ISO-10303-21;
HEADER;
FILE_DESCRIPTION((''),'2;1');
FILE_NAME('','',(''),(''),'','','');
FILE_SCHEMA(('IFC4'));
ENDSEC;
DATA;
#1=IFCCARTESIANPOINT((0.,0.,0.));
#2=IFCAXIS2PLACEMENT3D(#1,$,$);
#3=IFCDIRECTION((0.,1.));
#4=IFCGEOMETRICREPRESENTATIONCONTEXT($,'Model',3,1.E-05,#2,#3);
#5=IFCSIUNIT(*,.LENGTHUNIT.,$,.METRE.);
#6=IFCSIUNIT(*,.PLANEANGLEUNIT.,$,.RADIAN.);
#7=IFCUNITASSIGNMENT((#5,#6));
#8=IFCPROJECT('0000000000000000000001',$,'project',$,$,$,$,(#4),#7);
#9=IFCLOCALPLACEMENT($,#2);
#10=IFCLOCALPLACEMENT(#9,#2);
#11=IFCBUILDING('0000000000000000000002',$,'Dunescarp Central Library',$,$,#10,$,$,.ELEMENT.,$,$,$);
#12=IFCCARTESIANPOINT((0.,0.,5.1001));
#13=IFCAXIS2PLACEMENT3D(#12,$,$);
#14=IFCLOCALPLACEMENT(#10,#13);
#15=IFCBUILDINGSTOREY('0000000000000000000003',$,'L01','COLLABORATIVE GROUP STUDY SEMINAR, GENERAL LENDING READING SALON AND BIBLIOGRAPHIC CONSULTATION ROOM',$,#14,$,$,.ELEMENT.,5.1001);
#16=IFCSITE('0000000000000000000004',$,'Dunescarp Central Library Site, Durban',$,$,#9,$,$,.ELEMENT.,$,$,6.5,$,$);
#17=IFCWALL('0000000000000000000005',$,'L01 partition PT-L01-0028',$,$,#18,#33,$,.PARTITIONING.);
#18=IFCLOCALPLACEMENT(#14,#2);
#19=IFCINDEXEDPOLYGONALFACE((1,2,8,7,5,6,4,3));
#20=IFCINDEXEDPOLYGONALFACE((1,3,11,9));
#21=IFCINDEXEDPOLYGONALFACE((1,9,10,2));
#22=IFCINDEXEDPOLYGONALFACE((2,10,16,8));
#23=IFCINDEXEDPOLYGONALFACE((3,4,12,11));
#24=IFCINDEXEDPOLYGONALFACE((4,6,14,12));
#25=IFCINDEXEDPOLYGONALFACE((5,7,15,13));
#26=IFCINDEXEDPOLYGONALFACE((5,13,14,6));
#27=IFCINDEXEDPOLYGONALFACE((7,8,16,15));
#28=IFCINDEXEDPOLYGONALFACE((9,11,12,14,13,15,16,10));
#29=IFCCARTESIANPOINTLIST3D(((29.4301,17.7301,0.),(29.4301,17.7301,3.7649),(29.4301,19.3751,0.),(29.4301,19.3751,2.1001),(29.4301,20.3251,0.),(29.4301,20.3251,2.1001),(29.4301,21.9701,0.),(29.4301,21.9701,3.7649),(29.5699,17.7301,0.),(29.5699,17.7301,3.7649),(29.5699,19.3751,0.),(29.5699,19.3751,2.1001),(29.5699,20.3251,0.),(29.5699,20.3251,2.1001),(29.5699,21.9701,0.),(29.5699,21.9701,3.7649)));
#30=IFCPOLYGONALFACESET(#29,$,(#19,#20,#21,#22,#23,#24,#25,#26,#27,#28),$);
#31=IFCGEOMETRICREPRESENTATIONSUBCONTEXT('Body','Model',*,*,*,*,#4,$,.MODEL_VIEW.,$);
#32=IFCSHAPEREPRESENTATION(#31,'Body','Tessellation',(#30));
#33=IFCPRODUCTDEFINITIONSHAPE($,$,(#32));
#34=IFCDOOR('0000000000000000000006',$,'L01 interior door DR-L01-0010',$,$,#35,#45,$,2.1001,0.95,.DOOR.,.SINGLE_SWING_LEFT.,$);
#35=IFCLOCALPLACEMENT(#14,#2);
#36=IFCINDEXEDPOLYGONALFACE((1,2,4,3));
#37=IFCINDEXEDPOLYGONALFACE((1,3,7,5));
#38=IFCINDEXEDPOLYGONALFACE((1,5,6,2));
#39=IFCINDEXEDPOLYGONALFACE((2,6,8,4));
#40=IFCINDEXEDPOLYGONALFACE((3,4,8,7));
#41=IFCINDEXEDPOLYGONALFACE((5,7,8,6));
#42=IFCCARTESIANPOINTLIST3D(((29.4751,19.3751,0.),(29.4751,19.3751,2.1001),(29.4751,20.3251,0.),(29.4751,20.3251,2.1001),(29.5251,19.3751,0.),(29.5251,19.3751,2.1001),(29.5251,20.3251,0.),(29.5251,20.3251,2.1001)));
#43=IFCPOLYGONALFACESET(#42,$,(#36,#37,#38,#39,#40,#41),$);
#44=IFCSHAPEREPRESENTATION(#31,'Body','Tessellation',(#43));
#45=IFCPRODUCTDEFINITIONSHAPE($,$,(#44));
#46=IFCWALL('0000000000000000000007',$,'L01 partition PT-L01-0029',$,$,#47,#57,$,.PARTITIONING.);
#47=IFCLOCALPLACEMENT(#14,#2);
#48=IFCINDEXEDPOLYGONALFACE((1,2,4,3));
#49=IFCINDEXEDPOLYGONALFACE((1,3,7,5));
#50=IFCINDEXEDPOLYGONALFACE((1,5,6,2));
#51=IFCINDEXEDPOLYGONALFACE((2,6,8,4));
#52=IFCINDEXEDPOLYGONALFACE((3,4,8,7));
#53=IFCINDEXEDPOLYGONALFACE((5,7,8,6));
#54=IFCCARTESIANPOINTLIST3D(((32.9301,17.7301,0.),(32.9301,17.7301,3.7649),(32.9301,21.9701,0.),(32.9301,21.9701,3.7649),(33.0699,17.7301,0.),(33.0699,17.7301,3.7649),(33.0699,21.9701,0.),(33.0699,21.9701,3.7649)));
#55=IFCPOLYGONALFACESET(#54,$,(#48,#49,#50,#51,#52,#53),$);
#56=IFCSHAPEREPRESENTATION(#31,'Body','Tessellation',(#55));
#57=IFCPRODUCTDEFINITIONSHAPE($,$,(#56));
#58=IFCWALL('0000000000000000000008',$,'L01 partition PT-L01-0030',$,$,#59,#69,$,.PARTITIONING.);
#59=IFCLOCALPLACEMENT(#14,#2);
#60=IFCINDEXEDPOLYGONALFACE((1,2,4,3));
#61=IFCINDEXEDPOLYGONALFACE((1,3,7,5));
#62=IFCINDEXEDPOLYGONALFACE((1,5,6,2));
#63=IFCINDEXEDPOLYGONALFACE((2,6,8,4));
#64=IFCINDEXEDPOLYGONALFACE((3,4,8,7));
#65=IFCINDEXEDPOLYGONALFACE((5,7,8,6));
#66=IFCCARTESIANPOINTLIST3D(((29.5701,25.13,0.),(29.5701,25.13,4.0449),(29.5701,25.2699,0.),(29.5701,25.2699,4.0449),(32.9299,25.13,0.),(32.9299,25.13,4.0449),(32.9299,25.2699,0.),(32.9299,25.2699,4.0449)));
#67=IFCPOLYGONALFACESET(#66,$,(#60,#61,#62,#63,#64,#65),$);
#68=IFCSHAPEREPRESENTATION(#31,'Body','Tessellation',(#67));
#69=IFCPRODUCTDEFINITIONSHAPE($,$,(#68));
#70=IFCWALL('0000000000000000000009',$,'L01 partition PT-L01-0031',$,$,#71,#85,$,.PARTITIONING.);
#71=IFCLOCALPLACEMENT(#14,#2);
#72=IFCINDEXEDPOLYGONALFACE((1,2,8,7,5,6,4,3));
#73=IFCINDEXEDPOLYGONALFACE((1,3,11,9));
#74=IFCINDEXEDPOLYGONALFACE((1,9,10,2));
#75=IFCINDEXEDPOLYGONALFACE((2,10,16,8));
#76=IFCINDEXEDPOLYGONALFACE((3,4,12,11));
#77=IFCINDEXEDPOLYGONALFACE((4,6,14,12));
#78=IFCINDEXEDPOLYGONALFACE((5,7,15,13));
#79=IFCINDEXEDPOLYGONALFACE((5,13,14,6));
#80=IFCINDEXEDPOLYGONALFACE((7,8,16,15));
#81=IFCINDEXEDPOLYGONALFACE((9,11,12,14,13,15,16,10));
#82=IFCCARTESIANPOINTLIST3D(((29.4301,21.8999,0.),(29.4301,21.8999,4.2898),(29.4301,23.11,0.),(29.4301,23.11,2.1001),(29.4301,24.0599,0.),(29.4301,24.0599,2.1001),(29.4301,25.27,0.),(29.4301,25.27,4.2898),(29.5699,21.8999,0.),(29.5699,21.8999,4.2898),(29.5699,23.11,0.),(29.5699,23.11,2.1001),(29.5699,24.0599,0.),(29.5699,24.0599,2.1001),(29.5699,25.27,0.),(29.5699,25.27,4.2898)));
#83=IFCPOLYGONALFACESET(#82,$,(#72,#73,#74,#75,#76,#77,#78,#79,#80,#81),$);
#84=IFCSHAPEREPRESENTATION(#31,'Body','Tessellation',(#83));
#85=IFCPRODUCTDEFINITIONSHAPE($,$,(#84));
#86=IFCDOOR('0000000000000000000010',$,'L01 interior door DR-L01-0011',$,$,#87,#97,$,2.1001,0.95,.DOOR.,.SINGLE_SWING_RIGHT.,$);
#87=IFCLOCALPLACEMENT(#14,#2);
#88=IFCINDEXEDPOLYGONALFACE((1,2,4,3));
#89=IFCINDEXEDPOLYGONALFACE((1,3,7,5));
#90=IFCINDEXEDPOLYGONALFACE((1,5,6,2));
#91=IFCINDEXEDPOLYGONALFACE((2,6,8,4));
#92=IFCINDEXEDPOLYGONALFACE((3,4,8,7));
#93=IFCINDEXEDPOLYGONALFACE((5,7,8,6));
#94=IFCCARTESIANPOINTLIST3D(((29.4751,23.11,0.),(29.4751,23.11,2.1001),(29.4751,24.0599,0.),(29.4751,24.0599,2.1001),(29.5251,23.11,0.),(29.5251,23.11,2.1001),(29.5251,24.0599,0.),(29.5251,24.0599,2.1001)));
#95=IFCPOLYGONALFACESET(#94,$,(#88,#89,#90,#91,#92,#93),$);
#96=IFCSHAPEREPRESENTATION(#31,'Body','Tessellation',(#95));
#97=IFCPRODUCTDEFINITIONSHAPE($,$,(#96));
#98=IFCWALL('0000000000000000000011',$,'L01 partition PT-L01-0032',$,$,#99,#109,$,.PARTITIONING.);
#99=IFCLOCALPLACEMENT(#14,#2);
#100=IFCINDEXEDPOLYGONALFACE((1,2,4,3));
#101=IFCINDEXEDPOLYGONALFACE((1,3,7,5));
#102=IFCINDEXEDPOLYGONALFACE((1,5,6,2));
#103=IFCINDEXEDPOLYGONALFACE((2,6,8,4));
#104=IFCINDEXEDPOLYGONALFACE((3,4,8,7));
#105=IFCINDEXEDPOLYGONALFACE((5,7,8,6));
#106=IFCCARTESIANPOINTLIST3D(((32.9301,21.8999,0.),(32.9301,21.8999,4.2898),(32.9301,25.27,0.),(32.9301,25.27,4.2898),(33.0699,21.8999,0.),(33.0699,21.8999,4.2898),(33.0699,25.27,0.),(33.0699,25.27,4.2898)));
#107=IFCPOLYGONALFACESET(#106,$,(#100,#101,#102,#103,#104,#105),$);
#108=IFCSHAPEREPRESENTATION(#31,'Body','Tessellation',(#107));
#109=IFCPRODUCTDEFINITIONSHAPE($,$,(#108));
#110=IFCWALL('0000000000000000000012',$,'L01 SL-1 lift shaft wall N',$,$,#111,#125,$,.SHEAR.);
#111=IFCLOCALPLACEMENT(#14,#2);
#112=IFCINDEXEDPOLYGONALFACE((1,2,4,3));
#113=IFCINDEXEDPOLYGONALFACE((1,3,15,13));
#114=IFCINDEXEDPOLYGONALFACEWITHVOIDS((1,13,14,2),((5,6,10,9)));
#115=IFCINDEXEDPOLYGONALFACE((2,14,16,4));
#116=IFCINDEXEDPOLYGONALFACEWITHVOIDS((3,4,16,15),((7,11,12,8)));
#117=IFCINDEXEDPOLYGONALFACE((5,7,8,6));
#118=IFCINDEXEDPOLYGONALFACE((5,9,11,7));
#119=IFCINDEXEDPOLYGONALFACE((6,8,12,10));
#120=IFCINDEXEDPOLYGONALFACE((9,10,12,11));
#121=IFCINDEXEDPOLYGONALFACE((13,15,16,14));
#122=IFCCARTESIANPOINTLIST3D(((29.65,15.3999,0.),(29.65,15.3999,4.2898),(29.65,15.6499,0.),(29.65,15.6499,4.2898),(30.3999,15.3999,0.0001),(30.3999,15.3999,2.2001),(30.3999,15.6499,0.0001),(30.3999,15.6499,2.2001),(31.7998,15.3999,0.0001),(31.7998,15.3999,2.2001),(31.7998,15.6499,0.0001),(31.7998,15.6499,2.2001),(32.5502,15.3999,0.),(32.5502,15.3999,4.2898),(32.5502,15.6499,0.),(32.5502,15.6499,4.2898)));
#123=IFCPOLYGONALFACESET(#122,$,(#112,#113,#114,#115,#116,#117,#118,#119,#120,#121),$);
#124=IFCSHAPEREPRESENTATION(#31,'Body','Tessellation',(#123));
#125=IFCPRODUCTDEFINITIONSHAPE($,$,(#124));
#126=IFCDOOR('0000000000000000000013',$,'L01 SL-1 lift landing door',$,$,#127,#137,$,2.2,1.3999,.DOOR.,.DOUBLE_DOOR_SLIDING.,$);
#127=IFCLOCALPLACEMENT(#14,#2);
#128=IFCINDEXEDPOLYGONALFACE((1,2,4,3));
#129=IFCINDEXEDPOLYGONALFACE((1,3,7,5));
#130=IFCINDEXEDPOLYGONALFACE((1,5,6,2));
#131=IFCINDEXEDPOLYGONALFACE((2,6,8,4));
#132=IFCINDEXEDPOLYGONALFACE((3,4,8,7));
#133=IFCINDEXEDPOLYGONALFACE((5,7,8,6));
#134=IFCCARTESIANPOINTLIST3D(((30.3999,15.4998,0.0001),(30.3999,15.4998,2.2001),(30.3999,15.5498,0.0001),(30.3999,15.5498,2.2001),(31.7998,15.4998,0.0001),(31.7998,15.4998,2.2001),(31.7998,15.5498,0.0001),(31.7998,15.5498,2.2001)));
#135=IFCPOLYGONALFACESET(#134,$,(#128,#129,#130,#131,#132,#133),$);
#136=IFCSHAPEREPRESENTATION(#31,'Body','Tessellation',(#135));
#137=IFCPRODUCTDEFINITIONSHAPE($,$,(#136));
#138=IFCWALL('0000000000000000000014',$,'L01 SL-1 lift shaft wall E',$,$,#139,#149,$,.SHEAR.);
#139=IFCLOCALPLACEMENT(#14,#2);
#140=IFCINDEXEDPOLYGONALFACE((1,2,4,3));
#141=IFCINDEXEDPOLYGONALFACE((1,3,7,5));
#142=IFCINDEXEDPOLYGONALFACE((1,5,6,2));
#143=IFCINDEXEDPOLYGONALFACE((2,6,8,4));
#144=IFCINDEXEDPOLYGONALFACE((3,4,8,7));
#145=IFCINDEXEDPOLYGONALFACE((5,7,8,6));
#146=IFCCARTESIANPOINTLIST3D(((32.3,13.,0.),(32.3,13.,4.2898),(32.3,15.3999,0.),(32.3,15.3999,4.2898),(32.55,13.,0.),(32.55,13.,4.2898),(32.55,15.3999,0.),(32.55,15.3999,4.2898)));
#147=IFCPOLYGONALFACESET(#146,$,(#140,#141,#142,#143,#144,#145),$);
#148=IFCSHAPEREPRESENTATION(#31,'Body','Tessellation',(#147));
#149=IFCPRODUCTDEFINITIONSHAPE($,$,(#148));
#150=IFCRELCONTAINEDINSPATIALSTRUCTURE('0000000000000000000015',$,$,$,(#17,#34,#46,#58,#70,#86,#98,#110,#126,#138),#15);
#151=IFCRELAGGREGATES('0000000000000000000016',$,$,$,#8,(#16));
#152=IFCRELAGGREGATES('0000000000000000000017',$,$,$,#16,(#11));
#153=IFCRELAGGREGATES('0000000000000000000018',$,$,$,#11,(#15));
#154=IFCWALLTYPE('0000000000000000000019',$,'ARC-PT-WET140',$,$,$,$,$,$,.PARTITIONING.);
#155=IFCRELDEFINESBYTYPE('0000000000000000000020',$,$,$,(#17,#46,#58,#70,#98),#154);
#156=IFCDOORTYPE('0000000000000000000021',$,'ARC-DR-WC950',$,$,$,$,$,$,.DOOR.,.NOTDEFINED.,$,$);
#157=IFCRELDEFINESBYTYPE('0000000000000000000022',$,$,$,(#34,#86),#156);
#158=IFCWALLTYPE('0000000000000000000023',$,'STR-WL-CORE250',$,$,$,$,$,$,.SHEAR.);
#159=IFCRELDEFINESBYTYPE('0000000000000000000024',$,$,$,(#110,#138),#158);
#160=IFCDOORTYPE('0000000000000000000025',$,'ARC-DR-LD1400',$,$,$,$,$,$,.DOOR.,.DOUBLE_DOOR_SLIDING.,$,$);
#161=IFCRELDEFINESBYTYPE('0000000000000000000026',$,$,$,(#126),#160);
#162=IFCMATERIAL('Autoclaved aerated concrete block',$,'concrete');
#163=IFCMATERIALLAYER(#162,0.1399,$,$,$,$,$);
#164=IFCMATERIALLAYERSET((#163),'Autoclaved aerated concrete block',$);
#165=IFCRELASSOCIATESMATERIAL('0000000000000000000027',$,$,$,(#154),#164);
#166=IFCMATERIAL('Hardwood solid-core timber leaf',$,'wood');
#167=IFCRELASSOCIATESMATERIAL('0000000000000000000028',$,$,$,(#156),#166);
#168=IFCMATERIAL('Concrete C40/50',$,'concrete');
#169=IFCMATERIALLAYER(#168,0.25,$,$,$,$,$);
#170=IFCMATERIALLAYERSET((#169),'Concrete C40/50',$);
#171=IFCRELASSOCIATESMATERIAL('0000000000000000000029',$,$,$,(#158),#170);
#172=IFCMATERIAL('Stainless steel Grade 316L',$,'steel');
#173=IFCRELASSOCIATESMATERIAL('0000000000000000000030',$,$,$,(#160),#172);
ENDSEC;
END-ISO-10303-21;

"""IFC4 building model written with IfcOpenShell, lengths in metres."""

from ifc_helpers import new_model, si_unit, direction, frame, frame_2d, origin, place, context, subcontext, project, spatial, rectangle, extrude, material, layer, layer_set, type_object, element, fill, save


model = new_model("IFC4")

# Units and contexts
model_context = context("Model", 3, precision=1e-05, world=origin(), true_north=direction((0.0, 1.0)))
body_context = subcontext(model_context, "Body", "Model", "MODEL_VIEW")
ifc_project = project(units=[si_unit("LENGTHUNIT", "METRE"), si_unit("PLANEANGLEUNIT", "RADIAN")], contexts=[model_context])

# Site, building, storey
site_placement = place(None, origin())
site = spatial("IfcSite", under=ifc_project, at=site_placement, Name="Dunescarp Central Library Site, Durban", CompositionType="ELEMENT", RefElevation=6.5)
building_placement = place(site_placement, origin())
building = spatial("IfcBuilding", under=site, at=building_placement, Name="Dunescarp Central Library", CompositionType="ELEMENT")
storey_placement = place(building_placement, frame((0.0, 0.0, 5.1001)))
storey = spatial("IfcBuildingStorey", under=building, at=storey_placement, Name="L01", Description="COLLABORATIVE GROUP STUDY SEMINAR, GENERAL LENDING READING SALON AND BIBLIOGRAPHIC CONSULTATION ROOM", CompositionType="ELEMENT", Elevation=5.1001)

# Shared definitions
ifc_material_1 = material(Name="Hardwood solid-core timber leaf", Category="wood")

# Shared definitions
ifc_material_2 = material(Name="Autoclaved aerated concrete block", Category="concrete")
ifc_layer_1 = layer(ifc_material_2, 0.1399)
ifc_layer_set_1 = layer_set([ifc_layer_1], Name="Autoclaved aerated concrete block")
wall_type_1 = type_object("IfcWallType", Name="ARC-PT-WET140", PredefinedType="PARTITIONING", material=ifc_layer_set_1)

# Wall, opening, door
wall_1_placement = place(storey_placement, frame((29.5, 17.73, 0.0), z_axis=(0.0, 0.0, 1.0), x_axis=(0.0, 1.0, 0.0)))
wall_1 = element("IfcWall", 1, at=wall_1_placement, inside=storey, type_object=wall_type_1, Name="L01 partition PT-L01-0028", PredefinedType="PARTITIONING", context=body_context, shape_type="SweptSolid", body=[
    extrude(rectangle(XDim=4.24, YDim=0.1399, at=frame_2d((2.1201, 0.0))), origin(), (0.0, 0.0, 1.0), 3.7649),
])
opening_1_placement = place(wall_1_placement, frame((1.645, 0.0, 0.0)))
opening_1 = element("IfcOpeningElement", 2, at=opening_1_placement, cuts=wall_1, PredefinedType="OPENING", context=body_context, shape_type="SweptSolid", body=[
    extrude(rectangle(XDim=0.95, YDim=2.1001, at=frame_2d((0.4751, 1.05))), frame((0.0, 0.0801, 0.0), z_axis=(0.0, -1.0, 0.0), x_axis=(1.0, 0.0, 0.0)), (0.0, 0.0, 1.0), 0.1599),
])
door_type_1 = type_object("IfcDoorType", Name="ARC-DR-WC950", OperationType="NOTDEFINED", PredefinedType="DOOR", material=ifc_material_1)
door_1_placement = place(opening_1_placement, origin())
door_1 = element("IfcDoor", 3, at=door_1_placement, inside=storey, type_object=door_type_1, Name="L01 interior door DR-L01-0010", OperationType="SINGLE_SWING_LEFT", OverallHeight=2.1001, OverallWidth=0.95, PredefinedType="DOOR", context=body_context, shape_type="SweptSolid", body=[
    extrude(rectangle(XDim=0.95, YDim=2.1001, at=frame_2d((0.4751, 1.05))), frame((0.0, 0.0249, 0.0), z_axis=(0.0, -1.0, 0.0), x_axis=(1.0, 0.0, 0.0)), (0.0, 0.0, 1.0), 0.05),
])
fill(opening_1, door_1)

# Walls
wall_2_placement = place(storey_placement, frame((33.0, 17.73, 0.0), z_axis=(0.0, 0.0, 1.0), x_axis=(0.0, 1.0, 0.0)))
element("IfcWall", 4, at=wall_2_placement, inside=storey, type_object=wall_type_1, Name="L01 partition PT-L01-0029", PredefinedType="PARTITIONING", context=body_context, shape_type="SweptSolid", body=[
    extrude(rectangle(XDim=4.24, YDim=0.1399, at=frame_2d((2.1201, 0.0))), origin(), (0.0, 0.0, 1.0), 3.7649),
])
wall_3_placement = place(storey_placement, frame((29.5701, 25.2, 0.0), z_axis=(0.0, 0.0, 1.0), x_axis=(1.0, 0.0, 0.0)))
element("IfcWall", 5, at=wall_3_placement, inside=storey, type_object=wall_type_1, Name="L01 partition PT-L01-0030", PredefinedType="PARTITIONING", context=body_context, shape_type="SweptSolid", body=[
    extrude(rectangle(XDim=3.3599, YDim=0.1399, at=frame_2d((1.6799, 0.0))), origin(), (0.0, 0.0, 1.0), 4.0449),
])

# Wall, opening, door
wall_4_placement = place(storey_placement, frame((29.5, 21.8999, 0.0), z_axis=(0.0, 0.0, 1.0), x_axis=(0.0, 1.0, 0.0)))
wall_4 = element("IfcWall", 6, at=wall_4_placement, inside=storey, type_object=wall_type_1, Name="L01 partition PT-L01-0031", PredefinedType="PARTITIONING", context=body_context, shape_type="SweptSolid", body=[
    extrude(rectangle(XDim=3.3701, YDim=0.1399, at=frame_2d((1.6851, 0.0))), origin(), (0.0, 0.0, 1.0), 4.2898),
])
opening_2_placement = place(wall_4_placement, frame((1.21, 0.0, 0.0)))
opening_2 = element("IfcOpeningElement", 7, at=opening_2_placement, cuts=wall_4, PredefinedType="OPENING", context=body_context, shape_type="SweptSolid", body=[
    extrude(rectangle(XDim=0.95, YDim=2.1001, at=frame_2d((0.4751, 1.05))), frame((0.0, 0.0801, 0.0), z_axis=(0.0, -1.0, 0.0), x_axis=(1.0, 0.0, 0.0)), (0.0, 0.0, 1.0), 0.1599),
])
door_2_placement = place(opening_2_placement, origin())
door_2 = element("IfcDoor", 8, at=door_2_placement, inside=storey, type_object=door_type_1, Name="L01 interior door DR-L01-0011", OperationType="SINGLE_SWING_RIGHT", OverallHeight=2.1001, OverallWidth=0.95, PredefinedType="DOOR", context=body_context, shape_type="SweptSolid", body=[
    extrude(rectangle(XDim=0.95, YDim=2.1001, at=frame_2d((0.4751, 1.05))), frame((0.0, 0.0249, 0.0), z_axis=(0.0, -1.0, 0.0), x_axis=(1.0, 0.0, 0.0)), (0.0, 0.0, 1.0), 0.05),
])
fill(opening_2, door_2)

# Wall
wall_5_placement = place(storey_placement, frame((33.0, 21.8999, 0.0), z_axis=(0.0, 0.0, 1.0), x_axis=(0.0, 1.0, 0.0)))
element("IfcWall", 9, at=wall_5_placement, inside=storey, type_object=wall_type_1, Name="L01 partition PT-L01-0032", PredefinedType="PARTITIONING", context=body_context, shape_type="SweptSolid", body=[
    extrude(rectangle(XDim=3.3701, YDim=0.1399, at=frame_2d((1.6851, 0.0))), origin(), (0.0, 0.0, 1.0), 4.2898),
])

# Wall, opening, door
ifc_material_3 = material(Name="Concrete C40/50", Category="concrete")
ifc_layer_2 = layer(ifc_material_3, 0.25)
ifc_layer_set_2 = layer_set([ifc_layer_2], Name="Concrete C40/50")
wall_type_2 = type_object("IfcWallType", Name="STR-WL-CORE250", PredefinedType="SHEAR", material=ifc_layer_set_2)
wall_6_placement = place(storey_placement, frame((29.6499, 15.5249, 0.0), z_axis=(0.0, 0.0, 1.0), x_axis=(1.0, 0.0, 0.0)))
wall_6 = element("IfcWall", 10, at=wall_6_placement, inside=storey, type_object=wall_type_2, Name="L01 SL-1 lift shaft wall N", PredefinedType="SHEAR", context=body_context, shape_type="SweptSolid", body=[
    extrude(rectangle(XDim=2.9001, YDim=0.25, at=frame_2d((1.4502, 0.0))), origin(), (0.0, 0.0, 1.0), 4.2898),
])
opening_3_placement = place(wall_6_placement, frame((0.75, 0.0, 0.0)))
opening_3 = element("IfcOpeningElement", 11, at=opening_3_placement, cuts=wall_6, PredefinedType="OPENING", context=body_context, shape_type="SweptSolid", body=[
    extrude(rectangle(XDim=1.3999, YDim=2.2, at=frame_2d((0.7, 1.1001))), frame((0.0, 0.135, 0.0), z_axis=(0.0, -1.0, 0.0), x_axis=(1.0, 0.0, 0.0)), (0.0, 0.0, 1.0), 0.27),
])
ifc_material_4 = material(Name="Stainless steel Grade 316L", Category="steel")
door_type_2 = type_object("IfcDoorType", Name="ARC-DR-LD1400", OperationType="DOUBLE_DOOR_SLIDING", PredefinedType="DOOR", material=ifc_material_4)
door_3_placement = place(opening_3_placement, origin())
door_3 = element("IfcDoor", 12, at=door_3_placement, inside=storey, type_object=door_type_2, Name="L01 SL-1 lift landing door", OperationType="DOUBLE_DOOR_SLIDING", OverallHeight=2.2, OverallWidth=1.3999, PredefinedType="DOOR", context=body_context, shape_type="SweptSolid", body=[
    extrude(rectangle(XDim=1.3999, YDim=2.2, at=frame_2d((0.7, 1.1001))), frame((0.0, 0.0249, 0.0), z_axis=(0.0, -1.0, 0.0), x_axis=(1.0, 0.0, 0.0)), (0.0, 0.0, 1.0), 0.05),
])
fill(opening_3, door_3)

# Wall
wall_7_placement = place(storey_placement, frame((32.425, 15.3999, 0.0), z_axis=(0.0, 0.0, 1.0), x_axis=(0.0, -1.0, 0.0)))
element("IfcWall", 13, at=wall_7_placement, inside=storey, type_object=wall_type_2, Name="L01 SL-1 lift shaft wall E", PredefinedType="SHEAR", context=body_context, shape_type="SweptSolid", body=[
    extrude(rectangle(XDim=2.3999, YDim=0.25, at=frame_2d((1.2, 0.0))), origin(), (0.0, 0.0, 1.0), 4.2898),
])

save(model, "model.ifc")
